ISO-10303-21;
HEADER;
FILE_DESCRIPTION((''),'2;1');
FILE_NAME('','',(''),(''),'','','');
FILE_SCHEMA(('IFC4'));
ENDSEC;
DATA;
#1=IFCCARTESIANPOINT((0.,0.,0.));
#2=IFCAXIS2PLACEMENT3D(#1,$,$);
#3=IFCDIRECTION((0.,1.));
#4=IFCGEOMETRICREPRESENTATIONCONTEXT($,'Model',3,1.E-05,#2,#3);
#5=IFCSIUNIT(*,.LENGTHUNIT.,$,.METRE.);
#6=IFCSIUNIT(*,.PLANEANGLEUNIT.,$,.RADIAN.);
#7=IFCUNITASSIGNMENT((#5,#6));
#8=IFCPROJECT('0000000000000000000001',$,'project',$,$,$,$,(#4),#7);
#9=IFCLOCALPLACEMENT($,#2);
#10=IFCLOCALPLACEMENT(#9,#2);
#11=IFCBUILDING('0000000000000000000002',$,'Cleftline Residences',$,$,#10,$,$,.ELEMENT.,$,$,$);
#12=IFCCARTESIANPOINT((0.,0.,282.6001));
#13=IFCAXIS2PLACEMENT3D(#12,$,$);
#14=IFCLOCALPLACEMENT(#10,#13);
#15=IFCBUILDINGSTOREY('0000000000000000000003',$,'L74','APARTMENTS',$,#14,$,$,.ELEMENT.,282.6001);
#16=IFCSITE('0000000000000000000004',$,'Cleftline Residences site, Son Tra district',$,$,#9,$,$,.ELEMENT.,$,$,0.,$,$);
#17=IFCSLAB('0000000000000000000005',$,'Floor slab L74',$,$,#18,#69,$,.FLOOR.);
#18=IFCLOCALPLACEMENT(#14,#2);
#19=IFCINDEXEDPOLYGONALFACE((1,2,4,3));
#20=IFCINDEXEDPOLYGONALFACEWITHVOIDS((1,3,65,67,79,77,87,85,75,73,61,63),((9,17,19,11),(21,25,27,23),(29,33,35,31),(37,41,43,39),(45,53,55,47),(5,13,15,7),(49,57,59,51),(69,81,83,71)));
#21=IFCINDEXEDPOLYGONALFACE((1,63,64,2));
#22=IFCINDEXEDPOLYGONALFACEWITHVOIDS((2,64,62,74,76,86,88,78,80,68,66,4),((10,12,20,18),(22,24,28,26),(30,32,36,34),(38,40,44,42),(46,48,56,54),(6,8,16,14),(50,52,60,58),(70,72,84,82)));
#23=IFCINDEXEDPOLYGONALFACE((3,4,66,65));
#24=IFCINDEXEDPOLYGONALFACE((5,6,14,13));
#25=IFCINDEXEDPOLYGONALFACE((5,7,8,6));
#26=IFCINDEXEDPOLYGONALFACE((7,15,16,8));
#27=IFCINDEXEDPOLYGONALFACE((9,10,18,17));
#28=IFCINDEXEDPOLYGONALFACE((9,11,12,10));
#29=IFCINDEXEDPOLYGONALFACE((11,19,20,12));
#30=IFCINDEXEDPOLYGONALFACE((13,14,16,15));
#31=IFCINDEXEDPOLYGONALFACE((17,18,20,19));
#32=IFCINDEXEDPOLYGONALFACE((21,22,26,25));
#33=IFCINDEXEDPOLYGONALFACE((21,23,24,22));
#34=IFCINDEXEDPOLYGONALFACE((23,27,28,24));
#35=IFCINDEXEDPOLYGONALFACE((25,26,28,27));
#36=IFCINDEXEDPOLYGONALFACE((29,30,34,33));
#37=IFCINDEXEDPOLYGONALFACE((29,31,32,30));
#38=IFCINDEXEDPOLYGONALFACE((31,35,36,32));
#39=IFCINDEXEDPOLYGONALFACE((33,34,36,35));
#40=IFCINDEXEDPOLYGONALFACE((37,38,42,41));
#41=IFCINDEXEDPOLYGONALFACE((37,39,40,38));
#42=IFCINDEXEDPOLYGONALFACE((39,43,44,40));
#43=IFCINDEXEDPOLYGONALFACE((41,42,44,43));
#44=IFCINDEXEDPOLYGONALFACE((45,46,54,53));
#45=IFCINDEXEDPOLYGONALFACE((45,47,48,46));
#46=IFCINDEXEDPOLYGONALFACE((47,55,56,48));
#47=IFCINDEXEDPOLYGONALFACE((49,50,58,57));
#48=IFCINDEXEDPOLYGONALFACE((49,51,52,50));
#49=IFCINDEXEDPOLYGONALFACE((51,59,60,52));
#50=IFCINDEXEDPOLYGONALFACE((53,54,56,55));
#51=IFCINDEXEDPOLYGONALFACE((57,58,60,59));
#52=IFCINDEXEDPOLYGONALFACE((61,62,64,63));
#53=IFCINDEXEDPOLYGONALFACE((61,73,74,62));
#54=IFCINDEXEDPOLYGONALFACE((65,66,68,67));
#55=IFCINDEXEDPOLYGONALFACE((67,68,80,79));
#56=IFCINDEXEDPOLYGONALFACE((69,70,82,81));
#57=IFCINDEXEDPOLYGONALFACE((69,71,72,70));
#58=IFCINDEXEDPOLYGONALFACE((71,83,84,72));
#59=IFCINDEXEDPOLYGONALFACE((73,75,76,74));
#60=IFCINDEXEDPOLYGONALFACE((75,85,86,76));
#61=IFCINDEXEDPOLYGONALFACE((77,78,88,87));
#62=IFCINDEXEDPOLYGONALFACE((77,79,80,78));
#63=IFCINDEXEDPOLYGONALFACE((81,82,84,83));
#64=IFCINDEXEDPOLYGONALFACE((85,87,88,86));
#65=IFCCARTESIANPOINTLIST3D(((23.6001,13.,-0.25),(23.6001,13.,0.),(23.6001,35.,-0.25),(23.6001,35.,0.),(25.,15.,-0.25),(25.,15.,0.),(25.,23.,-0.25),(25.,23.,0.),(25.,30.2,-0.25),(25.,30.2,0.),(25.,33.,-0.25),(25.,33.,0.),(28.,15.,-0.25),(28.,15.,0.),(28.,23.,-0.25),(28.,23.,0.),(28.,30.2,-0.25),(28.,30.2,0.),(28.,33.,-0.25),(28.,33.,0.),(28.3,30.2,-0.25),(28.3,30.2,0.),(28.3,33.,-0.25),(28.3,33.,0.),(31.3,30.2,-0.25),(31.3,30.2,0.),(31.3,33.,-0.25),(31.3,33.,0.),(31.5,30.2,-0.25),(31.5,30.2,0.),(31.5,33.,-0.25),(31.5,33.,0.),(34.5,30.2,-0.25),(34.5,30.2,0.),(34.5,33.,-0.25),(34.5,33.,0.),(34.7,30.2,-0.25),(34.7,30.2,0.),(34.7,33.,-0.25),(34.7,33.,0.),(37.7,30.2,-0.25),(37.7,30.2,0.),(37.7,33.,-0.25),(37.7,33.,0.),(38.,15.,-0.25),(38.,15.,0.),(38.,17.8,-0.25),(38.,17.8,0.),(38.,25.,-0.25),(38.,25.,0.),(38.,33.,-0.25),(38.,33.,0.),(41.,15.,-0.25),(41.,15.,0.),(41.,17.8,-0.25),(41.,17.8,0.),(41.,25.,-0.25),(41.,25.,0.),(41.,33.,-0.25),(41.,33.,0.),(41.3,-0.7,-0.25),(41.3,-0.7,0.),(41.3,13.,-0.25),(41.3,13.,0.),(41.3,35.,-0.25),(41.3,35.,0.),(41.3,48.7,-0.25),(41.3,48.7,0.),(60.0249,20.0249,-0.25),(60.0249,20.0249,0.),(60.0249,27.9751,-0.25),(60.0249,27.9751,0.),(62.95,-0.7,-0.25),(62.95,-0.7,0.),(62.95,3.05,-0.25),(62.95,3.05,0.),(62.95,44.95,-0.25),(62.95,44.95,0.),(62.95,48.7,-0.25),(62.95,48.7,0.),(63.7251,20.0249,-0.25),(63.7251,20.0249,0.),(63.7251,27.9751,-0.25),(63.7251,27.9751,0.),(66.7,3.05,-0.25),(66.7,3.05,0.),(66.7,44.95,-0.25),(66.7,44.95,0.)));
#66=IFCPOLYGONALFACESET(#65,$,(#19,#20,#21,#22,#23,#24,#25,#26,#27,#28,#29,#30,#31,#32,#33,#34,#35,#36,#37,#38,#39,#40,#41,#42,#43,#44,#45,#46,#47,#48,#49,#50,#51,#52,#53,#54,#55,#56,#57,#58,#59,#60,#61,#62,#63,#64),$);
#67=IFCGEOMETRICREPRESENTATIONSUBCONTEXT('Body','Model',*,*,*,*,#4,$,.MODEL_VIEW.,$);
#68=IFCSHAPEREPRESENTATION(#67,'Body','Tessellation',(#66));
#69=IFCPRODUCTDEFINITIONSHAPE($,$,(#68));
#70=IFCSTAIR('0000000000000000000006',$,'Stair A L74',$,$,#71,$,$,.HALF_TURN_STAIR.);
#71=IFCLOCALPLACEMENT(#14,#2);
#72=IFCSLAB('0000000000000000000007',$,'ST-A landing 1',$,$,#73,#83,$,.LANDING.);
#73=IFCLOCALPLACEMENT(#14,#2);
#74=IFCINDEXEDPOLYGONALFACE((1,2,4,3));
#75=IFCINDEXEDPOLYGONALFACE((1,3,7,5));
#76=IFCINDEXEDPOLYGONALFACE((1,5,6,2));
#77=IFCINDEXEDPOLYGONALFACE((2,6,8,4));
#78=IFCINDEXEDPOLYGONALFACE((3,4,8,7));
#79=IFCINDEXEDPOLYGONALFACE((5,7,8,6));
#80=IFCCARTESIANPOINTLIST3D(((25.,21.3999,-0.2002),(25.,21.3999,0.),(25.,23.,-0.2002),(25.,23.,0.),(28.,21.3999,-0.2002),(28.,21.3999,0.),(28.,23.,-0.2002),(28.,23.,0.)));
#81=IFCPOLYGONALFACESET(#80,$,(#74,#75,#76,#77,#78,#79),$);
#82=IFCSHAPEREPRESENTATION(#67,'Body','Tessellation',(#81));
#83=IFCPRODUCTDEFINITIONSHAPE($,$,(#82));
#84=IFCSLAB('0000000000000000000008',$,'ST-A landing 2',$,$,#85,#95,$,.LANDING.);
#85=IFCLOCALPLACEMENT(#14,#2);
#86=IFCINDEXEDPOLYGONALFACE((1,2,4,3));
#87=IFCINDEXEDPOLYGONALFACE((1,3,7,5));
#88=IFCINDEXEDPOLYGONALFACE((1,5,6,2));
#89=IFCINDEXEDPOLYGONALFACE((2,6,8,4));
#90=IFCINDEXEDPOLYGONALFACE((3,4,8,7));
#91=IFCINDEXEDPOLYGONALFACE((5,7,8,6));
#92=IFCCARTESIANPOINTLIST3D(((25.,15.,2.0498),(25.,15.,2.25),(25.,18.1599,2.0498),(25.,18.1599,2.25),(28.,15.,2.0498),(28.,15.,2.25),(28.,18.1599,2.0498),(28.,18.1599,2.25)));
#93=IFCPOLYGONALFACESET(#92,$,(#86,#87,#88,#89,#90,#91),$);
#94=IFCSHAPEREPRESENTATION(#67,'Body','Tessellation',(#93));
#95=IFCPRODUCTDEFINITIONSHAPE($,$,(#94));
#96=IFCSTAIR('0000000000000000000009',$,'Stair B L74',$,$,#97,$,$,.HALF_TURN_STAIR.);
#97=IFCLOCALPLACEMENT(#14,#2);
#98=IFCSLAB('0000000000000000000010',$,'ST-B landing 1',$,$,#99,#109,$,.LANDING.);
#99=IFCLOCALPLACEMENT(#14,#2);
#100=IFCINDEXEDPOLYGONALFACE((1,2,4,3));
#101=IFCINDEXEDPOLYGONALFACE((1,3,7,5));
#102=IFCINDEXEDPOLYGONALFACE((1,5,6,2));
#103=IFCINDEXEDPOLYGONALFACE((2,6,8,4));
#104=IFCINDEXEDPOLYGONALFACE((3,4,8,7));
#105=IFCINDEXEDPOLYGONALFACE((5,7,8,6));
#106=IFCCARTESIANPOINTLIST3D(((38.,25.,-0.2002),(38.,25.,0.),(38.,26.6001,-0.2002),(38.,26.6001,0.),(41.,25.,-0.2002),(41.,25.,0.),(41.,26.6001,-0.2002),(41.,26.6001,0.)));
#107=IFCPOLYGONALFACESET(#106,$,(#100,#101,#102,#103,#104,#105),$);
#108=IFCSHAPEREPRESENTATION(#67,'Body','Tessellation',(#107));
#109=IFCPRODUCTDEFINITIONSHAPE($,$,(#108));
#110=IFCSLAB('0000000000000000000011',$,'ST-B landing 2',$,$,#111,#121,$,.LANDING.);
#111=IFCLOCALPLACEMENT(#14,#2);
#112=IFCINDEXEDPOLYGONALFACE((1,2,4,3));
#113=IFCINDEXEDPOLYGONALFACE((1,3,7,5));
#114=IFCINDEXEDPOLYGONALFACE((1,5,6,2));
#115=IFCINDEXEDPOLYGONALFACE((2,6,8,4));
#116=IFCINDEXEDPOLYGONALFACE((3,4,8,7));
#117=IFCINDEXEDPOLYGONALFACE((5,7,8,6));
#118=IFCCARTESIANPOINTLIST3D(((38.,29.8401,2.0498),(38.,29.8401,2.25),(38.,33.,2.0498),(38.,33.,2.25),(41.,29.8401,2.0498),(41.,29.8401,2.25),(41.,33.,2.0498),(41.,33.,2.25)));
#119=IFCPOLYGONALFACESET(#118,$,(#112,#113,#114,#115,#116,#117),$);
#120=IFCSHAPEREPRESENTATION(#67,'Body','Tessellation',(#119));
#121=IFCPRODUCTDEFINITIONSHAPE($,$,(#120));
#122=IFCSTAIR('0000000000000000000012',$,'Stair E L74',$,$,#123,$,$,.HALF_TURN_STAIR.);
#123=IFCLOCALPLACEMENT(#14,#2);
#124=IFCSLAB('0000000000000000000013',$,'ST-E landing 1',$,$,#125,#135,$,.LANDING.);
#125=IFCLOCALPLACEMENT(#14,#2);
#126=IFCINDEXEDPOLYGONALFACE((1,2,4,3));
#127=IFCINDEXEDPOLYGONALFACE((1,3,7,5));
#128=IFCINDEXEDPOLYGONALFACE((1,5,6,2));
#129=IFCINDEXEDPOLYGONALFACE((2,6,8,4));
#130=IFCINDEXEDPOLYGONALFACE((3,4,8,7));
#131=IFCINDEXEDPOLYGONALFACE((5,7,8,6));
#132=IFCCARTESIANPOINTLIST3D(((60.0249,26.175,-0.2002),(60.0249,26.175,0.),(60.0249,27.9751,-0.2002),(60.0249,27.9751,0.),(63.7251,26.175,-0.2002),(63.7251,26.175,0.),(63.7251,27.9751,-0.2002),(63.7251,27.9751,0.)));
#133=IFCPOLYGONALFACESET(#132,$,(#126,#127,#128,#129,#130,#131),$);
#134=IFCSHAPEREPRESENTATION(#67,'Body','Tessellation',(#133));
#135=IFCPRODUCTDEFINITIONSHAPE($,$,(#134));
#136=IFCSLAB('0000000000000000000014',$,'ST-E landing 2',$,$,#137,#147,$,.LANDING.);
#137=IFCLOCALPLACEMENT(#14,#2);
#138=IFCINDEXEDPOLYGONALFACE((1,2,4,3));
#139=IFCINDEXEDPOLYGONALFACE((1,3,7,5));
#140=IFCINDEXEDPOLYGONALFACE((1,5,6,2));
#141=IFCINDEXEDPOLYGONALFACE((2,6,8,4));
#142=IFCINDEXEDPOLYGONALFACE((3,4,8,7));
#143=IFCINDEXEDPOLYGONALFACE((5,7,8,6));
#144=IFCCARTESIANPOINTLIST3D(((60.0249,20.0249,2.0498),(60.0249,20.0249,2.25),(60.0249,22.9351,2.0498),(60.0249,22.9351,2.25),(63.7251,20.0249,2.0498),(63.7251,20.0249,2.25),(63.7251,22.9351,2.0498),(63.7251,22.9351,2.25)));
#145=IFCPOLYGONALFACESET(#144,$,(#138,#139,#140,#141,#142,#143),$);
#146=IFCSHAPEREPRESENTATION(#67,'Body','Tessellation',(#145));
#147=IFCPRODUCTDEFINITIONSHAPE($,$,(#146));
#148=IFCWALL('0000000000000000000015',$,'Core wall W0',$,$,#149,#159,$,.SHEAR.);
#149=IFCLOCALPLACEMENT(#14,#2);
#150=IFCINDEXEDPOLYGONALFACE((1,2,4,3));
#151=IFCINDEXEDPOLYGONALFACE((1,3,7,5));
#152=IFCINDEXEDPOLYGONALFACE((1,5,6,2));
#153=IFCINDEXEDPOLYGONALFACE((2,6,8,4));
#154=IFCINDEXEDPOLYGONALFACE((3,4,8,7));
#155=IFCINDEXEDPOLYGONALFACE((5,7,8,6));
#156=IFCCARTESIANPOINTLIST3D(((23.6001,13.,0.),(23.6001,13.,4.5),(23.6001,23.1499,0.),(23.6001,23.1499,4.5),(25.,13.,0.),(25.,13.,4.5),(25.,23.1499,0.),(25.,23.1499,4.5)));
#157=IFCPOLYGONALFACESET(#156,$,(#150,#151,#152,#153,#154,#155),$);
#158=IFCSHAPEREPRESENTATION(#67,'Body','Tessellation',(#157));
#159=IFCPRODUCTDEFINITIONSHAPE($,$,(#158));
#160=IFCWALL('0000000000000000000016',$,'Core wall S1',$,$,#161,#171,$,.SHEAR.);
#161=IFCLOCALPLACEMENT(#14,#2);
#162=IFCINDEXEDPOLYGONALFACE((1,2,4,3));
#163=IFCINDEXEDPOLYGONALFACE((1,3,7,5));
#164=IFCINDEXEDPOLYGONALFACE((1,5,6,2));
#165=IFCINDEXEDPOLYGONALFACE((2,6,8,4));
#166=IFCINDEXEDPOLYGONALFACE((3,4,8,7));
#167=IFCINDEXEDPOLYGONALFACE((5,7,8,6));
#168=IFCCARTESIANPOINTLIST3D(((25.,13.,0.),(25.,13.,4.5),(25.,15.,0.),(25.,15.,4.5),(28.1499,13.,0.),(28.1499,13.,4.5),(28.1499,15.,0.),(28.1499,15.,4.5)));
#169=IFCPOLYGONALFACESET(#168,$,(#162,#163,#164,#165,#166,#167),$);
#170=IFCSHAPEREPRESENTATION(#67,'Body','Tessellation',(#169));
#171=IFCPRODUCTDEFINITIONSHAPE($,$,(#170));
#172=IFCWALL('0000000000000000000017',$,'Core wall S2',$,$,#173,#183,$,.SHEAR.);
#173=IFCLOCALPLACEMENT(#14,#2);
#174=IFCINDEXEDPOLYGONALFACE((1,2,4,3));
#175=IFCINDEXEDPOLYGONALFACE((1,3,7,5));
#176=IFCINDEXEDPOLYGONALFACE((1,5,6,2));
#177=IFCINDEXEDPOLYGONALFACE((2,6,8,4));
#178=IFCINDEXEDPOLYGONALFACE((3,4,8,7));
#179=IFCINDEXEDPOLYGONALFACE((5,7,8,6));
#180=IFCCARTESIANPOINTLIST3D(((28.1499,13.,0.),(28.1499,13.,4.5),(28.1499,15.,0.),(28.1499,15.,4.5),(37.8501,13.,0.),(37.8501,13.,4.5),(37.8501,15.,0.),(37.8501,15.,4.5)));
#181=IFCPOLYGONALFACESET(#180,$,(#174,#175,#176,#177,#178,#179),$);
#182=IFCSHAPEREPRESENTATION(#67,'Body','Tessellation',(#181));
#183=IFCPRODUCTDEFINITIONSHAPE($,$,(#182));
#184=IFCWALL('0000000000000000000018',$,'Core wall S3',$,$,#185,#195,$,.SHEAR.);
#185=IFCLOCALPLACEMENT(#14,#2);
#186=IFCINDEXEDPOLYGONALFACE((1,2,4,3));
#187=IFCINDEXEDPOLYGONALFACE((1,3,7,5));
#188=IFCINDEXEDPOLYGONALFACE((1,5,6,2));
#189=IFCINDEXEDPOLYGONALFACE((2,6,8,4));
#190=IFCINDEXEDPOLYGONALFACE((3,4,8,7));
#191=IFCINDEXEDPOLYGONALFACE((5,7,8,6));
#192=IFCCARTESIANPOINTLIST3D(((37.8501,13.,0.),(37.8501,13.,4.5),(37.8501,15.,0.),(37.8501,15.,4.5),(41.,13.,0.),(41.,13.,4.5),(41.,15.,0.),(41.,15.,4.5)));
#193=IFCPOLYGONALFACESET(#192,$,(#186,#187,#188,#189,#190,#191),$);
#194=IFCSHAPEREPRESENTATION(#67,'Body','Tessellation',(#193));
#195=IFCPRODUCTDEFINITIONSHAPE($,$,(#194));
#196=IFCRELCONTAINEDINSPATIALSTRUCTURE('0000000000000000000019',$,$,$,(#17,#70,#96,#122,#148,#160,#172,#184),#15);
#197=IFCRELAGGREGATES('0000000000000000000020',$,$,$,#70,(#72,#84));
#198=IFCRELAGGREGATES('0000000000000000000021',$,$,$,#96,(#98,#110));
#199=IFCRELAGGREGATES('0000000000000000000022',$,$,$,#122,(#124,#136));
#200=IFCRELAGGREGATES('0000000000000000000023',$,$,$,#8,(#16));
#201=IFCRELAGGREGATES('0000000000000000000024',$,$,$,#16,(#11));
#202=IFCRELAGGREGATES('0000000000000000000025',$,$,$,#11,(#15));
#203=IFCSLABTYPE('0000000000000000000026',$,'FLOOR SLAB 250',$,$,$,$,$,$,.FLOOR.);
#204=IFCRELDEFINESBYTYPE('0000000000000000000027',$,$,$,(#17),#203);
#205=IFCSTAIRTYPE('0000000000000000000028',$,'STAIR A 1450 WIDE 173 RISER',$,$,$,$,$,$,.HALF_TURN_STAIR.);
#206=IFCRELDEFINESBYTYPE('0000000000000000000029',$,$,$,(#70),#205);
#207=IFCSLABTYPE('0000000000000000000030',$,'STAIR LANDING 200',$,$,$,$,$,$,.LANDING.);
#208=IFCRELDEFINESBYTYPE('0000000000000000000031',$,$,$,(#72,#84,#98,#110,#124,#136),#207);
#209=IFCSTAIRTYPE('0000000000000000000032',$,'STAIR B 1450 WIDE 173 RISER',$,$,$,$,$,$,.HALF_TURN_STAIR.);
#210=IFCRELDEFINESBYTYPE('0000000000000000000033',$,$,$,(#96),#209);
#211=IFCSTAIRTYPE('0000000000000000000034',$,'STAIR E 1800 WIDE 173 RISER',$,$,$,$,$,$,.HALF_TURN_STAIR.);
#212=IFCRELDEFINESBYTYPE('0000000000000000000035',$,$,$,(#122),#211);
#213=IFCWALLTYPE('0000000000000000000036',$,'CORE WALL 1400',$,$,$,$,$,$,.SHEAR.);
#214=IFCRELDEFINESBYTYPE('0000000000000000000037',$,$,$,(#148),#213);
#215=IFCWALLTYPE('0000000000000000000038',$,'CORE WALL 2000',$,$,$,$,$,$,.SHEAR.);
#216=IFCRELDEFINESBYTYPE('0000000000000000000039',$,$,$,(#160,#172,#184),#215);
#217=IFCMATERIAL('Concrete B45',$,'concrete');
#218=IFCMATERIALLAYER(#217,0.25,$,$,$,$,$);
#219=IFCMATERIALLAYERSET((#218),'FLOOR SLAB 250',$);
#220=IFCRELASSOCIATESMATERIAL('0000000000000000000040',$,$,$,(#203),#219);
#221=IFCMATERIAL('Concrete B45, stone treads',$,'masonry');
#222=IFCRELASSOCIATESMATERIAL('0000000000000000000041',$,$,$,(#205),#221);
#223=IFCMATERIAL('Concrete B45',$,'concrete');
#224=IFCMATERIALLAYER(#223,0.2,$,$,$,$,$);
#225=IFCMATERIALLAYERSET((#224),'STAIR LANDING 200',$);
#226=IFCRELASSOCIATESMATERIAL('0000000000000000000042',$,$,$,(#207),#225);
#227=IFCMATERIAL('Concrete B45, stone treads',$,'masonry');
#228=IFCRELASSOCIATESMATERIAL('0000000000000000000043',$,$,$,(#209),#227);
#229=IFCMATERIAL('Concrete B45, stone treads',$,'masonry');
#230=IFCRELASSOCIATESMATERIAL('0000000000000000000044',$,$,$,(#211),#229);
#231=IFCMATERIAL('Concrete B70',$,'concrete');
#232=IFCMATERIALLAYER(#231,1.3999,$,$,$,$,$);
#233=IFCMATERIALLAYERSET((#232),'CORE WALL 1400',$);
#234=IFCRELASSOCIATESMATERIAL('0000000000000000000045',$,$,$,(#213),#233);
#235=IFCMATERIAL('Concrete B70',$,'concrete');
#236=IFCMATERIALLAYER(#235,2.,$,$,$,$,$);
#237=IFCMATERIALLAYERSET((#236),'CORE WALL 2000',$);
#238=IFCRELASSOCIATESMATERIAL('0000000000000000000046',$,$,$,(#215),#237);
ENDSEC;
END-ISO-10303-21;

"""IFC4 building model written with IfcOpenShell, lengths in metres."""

from ifc_helpers import new_model, si_unit, direction, frame, frame_2d, origin, place, context, subcontext, project, spatial, polyline, rectangle, outline, extrude, material, layer, layer_set, type_object, element, aggregate, save


model = new_model("IFC4")

# Units and contexts
model_context = context("Model", 3, precision=1e-05, world=origin(), true_north=direction((0.0, 1.0)))
body_context = subcontext(model_context, "Body", "Model", "MODEL_VIEW")
ifc_project = project(units=[si_unit("LENGTHUNIT", "METRE"), si_unit("PLANEANGLEUNIT", "RADIAN")], contexts=[model_context])

# Site, building, storey
site_placement = place(None, origin())
site = spatial("IfcSite", under=ifc_project, at=site_placement, Name="Cleftline Residences site, Son Tra district", CompositionType="ELEMENT", RefElevation=0.0)
building_placement = place(site_placement, origin())
building = spatial("IfcBuilding", under=site, at=building_placement, Name="Cleftline Residences", CompositionType="ELEMENT")
storey_placement = place(building_placement, frame((0.0, 0.0, 282.6001)))
storey = spatial("IfcBuildingStorey", under=building, at=storey_placement, Name="L74", Description="APARTMENTS", CompositionType="ELEMENT", Elevation=282.6001)

# Slab
ifc_material_1 = material(Name="Concrete B45", Category="concrete")
ifc_layer_1 = layer(ifc_material_1, 0.25)
ifc_layer_set_1 = layer_set([ifc_layer_1], Name="FLOOR SLAB 250")
slab_type_1 = type_object("IfcSlabType", Name="FLOOR SLAB 250", PredefinedType="FLOOR", material=ifc_layer_set_1)
slab_1_placement = place(storey_placement, frame((0.0, 0.0, -0.25)))
element("IfcSlab", 1, at=slab_1_placement, inside=storey, type_object=slab_type_1, Name="Floor slab L74", PredefinedType="FLOOR", context=body_context, shape_type="SweptSolid", body=[
    extrude(outline(polyline([(41.3, 13.0), (41.3, -0.7), (62.95, -0.7), (62.95, 3.05), (66.7, 3.05), (66.7, 44.95), (62.95, 44.95), (62.95, 48.7), (41.3, 48.7), (41.3, 35.0), (23.6001, 35.0), (23.6001, 13.0), (41.3, 13.0)]), holes=[polyline([(28.0, 15.0), (28.0, 23.0), (25.0, 23.0), (25.0, 15.0), (28.0, 15.0)]), polyline([(41.0, 25.0), (41.0, 33.0), (38.0, 33.0), (38.0, 25.0), (41.0, 25.0)]), polyline([(28.0, 30.2), (28.0, 33.0), (25.0, 33.0), (25.0, 30.2), (28.0, 30.2)]), polyline([(41.0, 15.0), (41.0, 17.8), (38.0, 17.8), (38.0, 15.0), (41.0, 15.0)]), polyline([(31.3, 30.2), (31.3, 33.0), (28.3, 33.0), (28.3, 30.2), (31.3, 30.2)]), polyline([(34.5, 30.2), (34.5, 33.0), (31.5, 33.0), (31.5, 30.2), (34.5, 30.2)]), polyline([(37.7, 30.2), (37.7, 33.0), (34.7, 33.0), (34.7, 30.2), (37.7, 30.2)]), polyline([(63.7251, 20.0249), (63.7251, 27.9751), (60.0249, 27.9751), (60.0249, 20.0249), (63.7251, 20.0249)])]), origin(), (0.0, 0.0, 1.0), 0.25),
])

# Stairs, slabs
ifc_material_2 = material(Name="Concrete B45, stone treads", Category="masonry")
stair_type_1 = type_object("IfcStairType", Name="STAIR A 1450 WIDE 173 RISER", PredefinedType="HALF_TURN_STAIR", material=ifc_material_2)
stair_1_placement = place(storey_placement, origin())
stair_1 = element("IfcStair", 2, at=stair_1_placement, inside=storey, type_object=stair_type_1, Name="Stair A L74", PredefinedType="HALF_TURN_STAIR")
ifc_material_3 = material(Name="Concrete B45", Category="concrete")
ifc_layer_2 = layer(ifc_material_3, 0.2)
ifc_layer_set_2 = layer_set([ifc_layer_2], Name="STAIR LANDING 200")
slab_type_2 = type_object("IfcSlabType", Name="STAIR LANDING 200", PredefinedType="LANDING", material=ifc_layer_set_2)
slab_2_placement = place(storey_placement, frame((0.0, 0.0, -0.2002)))
slab_2 = element("IfcSlab", 3, at=slab_2_placement, type_object=slab_type_2, Name="ST-A landing 1", PredefinedType="LANDING", context=body_context, shape_type="SweptSolid", body=[
    extrude(outline(polyline([(25.0, 21.3999), (28.0, 21.3999), (28.0, 23.0), (25.0, 23.0), (25.0, 21.3999)])), origin(), (0.0, 0.0, 1.0), 0.2002),
])
slab_3_placement = place(storey_placement, frame((0.0, 0.0, 2.0498)))
slab_3 = element("IfcSlab", 4, at=slab_3_placement, type_object=slab_type_2, Name="ST-A landing 2", PredefinedType="LANDING", context=body_context, shape_type="SweptSolid", body=[
    extrude(outline(polyline([(25.0, 15.0), (28.0, 15.0), (28.0, 18.1599), (25.0, 18.1599), (25.0, 15.0)])), origin(), (0.0, 0.0, 1.0), 0.2002),
])
aggregate(stair_1, [slab_2, slab_3])
ifc_material_4 = material(Name="Concrete B45, stone treads", Category="masonry")
stair_type_2 = type_object("IfcStairType", Name="STAIR B 1450 WIDE 173 RISER", PredefinedType="HALF_TURN_STAIR", material=ifc_material_4)
stair_2_placement = place(storey_placement, origin())
stair_2 = element("IfcStair", 5, at=stair_2_placement, inside=storey, type_object=stair_type_2, Name="Stair B L74", PredefinedType="HALF_TURN_STAIR")
slab_4_placement = place(storey_placement, frame((0.0, 0.0, -0.2002)))
slab_4 = element("IfcSlab", 6, at=slab_4_placement, type_object=slab_type_2, Name="ST-B landing 1", PredefinedType="LANDING", context=body_context, shape_type="SweptSolid", body=[
    extrude(outline(polyline([(38.0, 25.0), (41.0, 25.0), (41.0, 26.6001), (38.0, 26.6001), (38.0, 25.0)])), origin(), (0.0, 0.0, 1.0), 0.2002),
])
slab_5_placement = place(storey_placement, frame((0.0, 0.0, 2.0498)))
slab_5 = element("IfcSlab", 7, at=slab_5_placement, type_object=slab_type_2, Name="ST-B landing 2", PredefinedType="LANDING", context=body_context, shape_type="SweptSolid", body=[
    extrude(outline(polyline([(38.0, 29.8401), (41.0, 29.8401), (41.0, 33.0), (38.0, 33.0), (38.0, 29.8401)])), origin(), (0.0, 0.0, 1.0), 0.2002),
])
aggregate(stair_2, [slab_4, slab_5])
ifc_material_5 = material(Name="Concrete B45, stone treads", Category="masonry")
stair_type_3 = type_object("IfcStairType", Name="STAIR E 1800 WIDE 173 RISER", PredefinedType="HALF_TURN_STAIR", material=ifc_material_5)
stair_3_placement = place(storey_placement, origin())
stair_3 = element("IfcStair", 8, at=stair_3_placement, inside=storey, type_object=stair_type_3, Name="Stair E L74", PredefinedType="HALF_TURN_STAIR")
slab_6_placement = place(storey_placement, frame((0.0, 0.0, -0.2002)))
slab_6 = element("IfcSlab", 9, at=slab_6_placement, type_object=slab_type_2, Name="ST-E landing 1", PredefinedType="LANDING", context=body_context, shape_type="SweptSolid", body=[
    extrude(outline(polyline([(60.0249, 26.175), (63.7251, 26.175), (63.7251, 27.9751), (60.0249, 27.9751), (60.0249, 26.175)])), origin(), (0.0, 0.0, 1.0), 0.2002),
])
slab_7_placement = place(storey_placement, frame((0.0, 0.0, 2.0498)))
slab_7 = element("IfcSlab", 10, at=slab_7_placement, type_object=slab_type_2, Name="ST-E landing 2", PredefinedType="LANDING", context=body_context, shape_type="SweptSolid", body=[
    extrude(outline(polyline([(60.0249, 20.0249), (63.7251, 20.0249), (63.7251, 22.9351), (60.0249, 22.9351), (60.0249, 20.0249)])), origin(), (0.0, 0.0, 1.0), 0.2002),
])
aggregate(stair_3, [slab_6, slab_7])

# Walls
ifc_material_6 = material(Name="Concrete B70", Category="concrete")
ifc_layer_3 = layer(ifc_material_6, 1.3999)
ifc_layer_set_3 = layer_set([ifc_layer_3], Name="CORE WALL 1400")
wall_type_1 = type_object("IfcWallType", Name="CORE WALL 1400", PredefinedType="SHEAR", material=ifc_layer_set_3)
wall_1_placement = place(storey_placement, frame((24.3, 13.0, 0.0), z_axis=(0.0, 0.0, 1.0), x_axis=(0.0, 1.0, 0.0)))
element("IfcWall", 11, at=wall_1_placement, inside=storey, type_object=wall_type_1, Name="Core wall W0", PredefinedType="SHEAR", context=body_context, shape_type="SweptSolid", body=[
    extrude(rectangle(XDim=10.1499, YDim=1.3999, at=frame_2d((5.075, 0.0))), origin(), (0.0, 0.0, 1.0), 4.5),
])
ifc_material_7 = material(Name="Concrete B70", Category="concrete")
ifc_layer_4 = layer(ifc_material_7, 2.0)
ifc_layer_set_4 = layer_set([ifc_layer_4], Name="CORE WALL 2000")
wall_type_2 = type_object("IfcWallType", Name="CORE WALL 2000", PredefinedType="SHEAR", material=ifc_layer_set_4)
wall_2_placement = place(storey_placement, frame((25.0, 14.0, 0.0), z_axis=(0.0, 0.0, 1.0), x_axis=(1.0, 0.0, 0.0)))
element("IfcWall", 12, at=wall_2_placement, inside=storey, type_object=wall_type_2, Name="Core wall S1", PredefinedType="SHEAR", context=body_context, shape_type="SweptSolid", body=[
    extrude(rectangle(XDim=3.1499, YDim=2.0, at=frame_2d((1.575, 0.0))), origin(), (0.0, 0.0, 1.0), 4.5),
])
wall_3_placement = place(storey_placement, frame((28.1499, 14.0, 0.0), z_axis=(0.0, 0.0, 1.0), x_axis=(1.0, 0.0, 0.0)))
element("IfcWall", 13, at=wall_3_placement, inside=storey, type_object=wall_type_2, Name="Core wall S2", PredefinedType="SHEAR", context=body_context, shape_type="SweptSolid", body=[
    extrude(rectangle(XDim=9.7002, YDim=2.0, at=frame_2d((4.8501, 0.0))), origin(), (0.0, 0.0, 1.0), 4.5),
])
wall_4_placement = place(storey_placement, frame((37.8501, 14.0, 0.0), z_axis=(0.0, 0.0, 1.0), x_axis=(1.0, 0.0, 0.0)))
element("IfcWall", 14, at=wall_4_placement, inside=storey, type_object=wall_type_2, Name="Core wall S3", PredefinedType="SHEAR", context=body_context, shape_type="SweptSolid", body=[
    extrude(rectangle(XDim=3.1499, YDim=2.0, at=frame_2d((1.575, 0.0))), origin(), (0.0, 0.0, 1.0), 4.5),
])

save(model, "model.ifc")
